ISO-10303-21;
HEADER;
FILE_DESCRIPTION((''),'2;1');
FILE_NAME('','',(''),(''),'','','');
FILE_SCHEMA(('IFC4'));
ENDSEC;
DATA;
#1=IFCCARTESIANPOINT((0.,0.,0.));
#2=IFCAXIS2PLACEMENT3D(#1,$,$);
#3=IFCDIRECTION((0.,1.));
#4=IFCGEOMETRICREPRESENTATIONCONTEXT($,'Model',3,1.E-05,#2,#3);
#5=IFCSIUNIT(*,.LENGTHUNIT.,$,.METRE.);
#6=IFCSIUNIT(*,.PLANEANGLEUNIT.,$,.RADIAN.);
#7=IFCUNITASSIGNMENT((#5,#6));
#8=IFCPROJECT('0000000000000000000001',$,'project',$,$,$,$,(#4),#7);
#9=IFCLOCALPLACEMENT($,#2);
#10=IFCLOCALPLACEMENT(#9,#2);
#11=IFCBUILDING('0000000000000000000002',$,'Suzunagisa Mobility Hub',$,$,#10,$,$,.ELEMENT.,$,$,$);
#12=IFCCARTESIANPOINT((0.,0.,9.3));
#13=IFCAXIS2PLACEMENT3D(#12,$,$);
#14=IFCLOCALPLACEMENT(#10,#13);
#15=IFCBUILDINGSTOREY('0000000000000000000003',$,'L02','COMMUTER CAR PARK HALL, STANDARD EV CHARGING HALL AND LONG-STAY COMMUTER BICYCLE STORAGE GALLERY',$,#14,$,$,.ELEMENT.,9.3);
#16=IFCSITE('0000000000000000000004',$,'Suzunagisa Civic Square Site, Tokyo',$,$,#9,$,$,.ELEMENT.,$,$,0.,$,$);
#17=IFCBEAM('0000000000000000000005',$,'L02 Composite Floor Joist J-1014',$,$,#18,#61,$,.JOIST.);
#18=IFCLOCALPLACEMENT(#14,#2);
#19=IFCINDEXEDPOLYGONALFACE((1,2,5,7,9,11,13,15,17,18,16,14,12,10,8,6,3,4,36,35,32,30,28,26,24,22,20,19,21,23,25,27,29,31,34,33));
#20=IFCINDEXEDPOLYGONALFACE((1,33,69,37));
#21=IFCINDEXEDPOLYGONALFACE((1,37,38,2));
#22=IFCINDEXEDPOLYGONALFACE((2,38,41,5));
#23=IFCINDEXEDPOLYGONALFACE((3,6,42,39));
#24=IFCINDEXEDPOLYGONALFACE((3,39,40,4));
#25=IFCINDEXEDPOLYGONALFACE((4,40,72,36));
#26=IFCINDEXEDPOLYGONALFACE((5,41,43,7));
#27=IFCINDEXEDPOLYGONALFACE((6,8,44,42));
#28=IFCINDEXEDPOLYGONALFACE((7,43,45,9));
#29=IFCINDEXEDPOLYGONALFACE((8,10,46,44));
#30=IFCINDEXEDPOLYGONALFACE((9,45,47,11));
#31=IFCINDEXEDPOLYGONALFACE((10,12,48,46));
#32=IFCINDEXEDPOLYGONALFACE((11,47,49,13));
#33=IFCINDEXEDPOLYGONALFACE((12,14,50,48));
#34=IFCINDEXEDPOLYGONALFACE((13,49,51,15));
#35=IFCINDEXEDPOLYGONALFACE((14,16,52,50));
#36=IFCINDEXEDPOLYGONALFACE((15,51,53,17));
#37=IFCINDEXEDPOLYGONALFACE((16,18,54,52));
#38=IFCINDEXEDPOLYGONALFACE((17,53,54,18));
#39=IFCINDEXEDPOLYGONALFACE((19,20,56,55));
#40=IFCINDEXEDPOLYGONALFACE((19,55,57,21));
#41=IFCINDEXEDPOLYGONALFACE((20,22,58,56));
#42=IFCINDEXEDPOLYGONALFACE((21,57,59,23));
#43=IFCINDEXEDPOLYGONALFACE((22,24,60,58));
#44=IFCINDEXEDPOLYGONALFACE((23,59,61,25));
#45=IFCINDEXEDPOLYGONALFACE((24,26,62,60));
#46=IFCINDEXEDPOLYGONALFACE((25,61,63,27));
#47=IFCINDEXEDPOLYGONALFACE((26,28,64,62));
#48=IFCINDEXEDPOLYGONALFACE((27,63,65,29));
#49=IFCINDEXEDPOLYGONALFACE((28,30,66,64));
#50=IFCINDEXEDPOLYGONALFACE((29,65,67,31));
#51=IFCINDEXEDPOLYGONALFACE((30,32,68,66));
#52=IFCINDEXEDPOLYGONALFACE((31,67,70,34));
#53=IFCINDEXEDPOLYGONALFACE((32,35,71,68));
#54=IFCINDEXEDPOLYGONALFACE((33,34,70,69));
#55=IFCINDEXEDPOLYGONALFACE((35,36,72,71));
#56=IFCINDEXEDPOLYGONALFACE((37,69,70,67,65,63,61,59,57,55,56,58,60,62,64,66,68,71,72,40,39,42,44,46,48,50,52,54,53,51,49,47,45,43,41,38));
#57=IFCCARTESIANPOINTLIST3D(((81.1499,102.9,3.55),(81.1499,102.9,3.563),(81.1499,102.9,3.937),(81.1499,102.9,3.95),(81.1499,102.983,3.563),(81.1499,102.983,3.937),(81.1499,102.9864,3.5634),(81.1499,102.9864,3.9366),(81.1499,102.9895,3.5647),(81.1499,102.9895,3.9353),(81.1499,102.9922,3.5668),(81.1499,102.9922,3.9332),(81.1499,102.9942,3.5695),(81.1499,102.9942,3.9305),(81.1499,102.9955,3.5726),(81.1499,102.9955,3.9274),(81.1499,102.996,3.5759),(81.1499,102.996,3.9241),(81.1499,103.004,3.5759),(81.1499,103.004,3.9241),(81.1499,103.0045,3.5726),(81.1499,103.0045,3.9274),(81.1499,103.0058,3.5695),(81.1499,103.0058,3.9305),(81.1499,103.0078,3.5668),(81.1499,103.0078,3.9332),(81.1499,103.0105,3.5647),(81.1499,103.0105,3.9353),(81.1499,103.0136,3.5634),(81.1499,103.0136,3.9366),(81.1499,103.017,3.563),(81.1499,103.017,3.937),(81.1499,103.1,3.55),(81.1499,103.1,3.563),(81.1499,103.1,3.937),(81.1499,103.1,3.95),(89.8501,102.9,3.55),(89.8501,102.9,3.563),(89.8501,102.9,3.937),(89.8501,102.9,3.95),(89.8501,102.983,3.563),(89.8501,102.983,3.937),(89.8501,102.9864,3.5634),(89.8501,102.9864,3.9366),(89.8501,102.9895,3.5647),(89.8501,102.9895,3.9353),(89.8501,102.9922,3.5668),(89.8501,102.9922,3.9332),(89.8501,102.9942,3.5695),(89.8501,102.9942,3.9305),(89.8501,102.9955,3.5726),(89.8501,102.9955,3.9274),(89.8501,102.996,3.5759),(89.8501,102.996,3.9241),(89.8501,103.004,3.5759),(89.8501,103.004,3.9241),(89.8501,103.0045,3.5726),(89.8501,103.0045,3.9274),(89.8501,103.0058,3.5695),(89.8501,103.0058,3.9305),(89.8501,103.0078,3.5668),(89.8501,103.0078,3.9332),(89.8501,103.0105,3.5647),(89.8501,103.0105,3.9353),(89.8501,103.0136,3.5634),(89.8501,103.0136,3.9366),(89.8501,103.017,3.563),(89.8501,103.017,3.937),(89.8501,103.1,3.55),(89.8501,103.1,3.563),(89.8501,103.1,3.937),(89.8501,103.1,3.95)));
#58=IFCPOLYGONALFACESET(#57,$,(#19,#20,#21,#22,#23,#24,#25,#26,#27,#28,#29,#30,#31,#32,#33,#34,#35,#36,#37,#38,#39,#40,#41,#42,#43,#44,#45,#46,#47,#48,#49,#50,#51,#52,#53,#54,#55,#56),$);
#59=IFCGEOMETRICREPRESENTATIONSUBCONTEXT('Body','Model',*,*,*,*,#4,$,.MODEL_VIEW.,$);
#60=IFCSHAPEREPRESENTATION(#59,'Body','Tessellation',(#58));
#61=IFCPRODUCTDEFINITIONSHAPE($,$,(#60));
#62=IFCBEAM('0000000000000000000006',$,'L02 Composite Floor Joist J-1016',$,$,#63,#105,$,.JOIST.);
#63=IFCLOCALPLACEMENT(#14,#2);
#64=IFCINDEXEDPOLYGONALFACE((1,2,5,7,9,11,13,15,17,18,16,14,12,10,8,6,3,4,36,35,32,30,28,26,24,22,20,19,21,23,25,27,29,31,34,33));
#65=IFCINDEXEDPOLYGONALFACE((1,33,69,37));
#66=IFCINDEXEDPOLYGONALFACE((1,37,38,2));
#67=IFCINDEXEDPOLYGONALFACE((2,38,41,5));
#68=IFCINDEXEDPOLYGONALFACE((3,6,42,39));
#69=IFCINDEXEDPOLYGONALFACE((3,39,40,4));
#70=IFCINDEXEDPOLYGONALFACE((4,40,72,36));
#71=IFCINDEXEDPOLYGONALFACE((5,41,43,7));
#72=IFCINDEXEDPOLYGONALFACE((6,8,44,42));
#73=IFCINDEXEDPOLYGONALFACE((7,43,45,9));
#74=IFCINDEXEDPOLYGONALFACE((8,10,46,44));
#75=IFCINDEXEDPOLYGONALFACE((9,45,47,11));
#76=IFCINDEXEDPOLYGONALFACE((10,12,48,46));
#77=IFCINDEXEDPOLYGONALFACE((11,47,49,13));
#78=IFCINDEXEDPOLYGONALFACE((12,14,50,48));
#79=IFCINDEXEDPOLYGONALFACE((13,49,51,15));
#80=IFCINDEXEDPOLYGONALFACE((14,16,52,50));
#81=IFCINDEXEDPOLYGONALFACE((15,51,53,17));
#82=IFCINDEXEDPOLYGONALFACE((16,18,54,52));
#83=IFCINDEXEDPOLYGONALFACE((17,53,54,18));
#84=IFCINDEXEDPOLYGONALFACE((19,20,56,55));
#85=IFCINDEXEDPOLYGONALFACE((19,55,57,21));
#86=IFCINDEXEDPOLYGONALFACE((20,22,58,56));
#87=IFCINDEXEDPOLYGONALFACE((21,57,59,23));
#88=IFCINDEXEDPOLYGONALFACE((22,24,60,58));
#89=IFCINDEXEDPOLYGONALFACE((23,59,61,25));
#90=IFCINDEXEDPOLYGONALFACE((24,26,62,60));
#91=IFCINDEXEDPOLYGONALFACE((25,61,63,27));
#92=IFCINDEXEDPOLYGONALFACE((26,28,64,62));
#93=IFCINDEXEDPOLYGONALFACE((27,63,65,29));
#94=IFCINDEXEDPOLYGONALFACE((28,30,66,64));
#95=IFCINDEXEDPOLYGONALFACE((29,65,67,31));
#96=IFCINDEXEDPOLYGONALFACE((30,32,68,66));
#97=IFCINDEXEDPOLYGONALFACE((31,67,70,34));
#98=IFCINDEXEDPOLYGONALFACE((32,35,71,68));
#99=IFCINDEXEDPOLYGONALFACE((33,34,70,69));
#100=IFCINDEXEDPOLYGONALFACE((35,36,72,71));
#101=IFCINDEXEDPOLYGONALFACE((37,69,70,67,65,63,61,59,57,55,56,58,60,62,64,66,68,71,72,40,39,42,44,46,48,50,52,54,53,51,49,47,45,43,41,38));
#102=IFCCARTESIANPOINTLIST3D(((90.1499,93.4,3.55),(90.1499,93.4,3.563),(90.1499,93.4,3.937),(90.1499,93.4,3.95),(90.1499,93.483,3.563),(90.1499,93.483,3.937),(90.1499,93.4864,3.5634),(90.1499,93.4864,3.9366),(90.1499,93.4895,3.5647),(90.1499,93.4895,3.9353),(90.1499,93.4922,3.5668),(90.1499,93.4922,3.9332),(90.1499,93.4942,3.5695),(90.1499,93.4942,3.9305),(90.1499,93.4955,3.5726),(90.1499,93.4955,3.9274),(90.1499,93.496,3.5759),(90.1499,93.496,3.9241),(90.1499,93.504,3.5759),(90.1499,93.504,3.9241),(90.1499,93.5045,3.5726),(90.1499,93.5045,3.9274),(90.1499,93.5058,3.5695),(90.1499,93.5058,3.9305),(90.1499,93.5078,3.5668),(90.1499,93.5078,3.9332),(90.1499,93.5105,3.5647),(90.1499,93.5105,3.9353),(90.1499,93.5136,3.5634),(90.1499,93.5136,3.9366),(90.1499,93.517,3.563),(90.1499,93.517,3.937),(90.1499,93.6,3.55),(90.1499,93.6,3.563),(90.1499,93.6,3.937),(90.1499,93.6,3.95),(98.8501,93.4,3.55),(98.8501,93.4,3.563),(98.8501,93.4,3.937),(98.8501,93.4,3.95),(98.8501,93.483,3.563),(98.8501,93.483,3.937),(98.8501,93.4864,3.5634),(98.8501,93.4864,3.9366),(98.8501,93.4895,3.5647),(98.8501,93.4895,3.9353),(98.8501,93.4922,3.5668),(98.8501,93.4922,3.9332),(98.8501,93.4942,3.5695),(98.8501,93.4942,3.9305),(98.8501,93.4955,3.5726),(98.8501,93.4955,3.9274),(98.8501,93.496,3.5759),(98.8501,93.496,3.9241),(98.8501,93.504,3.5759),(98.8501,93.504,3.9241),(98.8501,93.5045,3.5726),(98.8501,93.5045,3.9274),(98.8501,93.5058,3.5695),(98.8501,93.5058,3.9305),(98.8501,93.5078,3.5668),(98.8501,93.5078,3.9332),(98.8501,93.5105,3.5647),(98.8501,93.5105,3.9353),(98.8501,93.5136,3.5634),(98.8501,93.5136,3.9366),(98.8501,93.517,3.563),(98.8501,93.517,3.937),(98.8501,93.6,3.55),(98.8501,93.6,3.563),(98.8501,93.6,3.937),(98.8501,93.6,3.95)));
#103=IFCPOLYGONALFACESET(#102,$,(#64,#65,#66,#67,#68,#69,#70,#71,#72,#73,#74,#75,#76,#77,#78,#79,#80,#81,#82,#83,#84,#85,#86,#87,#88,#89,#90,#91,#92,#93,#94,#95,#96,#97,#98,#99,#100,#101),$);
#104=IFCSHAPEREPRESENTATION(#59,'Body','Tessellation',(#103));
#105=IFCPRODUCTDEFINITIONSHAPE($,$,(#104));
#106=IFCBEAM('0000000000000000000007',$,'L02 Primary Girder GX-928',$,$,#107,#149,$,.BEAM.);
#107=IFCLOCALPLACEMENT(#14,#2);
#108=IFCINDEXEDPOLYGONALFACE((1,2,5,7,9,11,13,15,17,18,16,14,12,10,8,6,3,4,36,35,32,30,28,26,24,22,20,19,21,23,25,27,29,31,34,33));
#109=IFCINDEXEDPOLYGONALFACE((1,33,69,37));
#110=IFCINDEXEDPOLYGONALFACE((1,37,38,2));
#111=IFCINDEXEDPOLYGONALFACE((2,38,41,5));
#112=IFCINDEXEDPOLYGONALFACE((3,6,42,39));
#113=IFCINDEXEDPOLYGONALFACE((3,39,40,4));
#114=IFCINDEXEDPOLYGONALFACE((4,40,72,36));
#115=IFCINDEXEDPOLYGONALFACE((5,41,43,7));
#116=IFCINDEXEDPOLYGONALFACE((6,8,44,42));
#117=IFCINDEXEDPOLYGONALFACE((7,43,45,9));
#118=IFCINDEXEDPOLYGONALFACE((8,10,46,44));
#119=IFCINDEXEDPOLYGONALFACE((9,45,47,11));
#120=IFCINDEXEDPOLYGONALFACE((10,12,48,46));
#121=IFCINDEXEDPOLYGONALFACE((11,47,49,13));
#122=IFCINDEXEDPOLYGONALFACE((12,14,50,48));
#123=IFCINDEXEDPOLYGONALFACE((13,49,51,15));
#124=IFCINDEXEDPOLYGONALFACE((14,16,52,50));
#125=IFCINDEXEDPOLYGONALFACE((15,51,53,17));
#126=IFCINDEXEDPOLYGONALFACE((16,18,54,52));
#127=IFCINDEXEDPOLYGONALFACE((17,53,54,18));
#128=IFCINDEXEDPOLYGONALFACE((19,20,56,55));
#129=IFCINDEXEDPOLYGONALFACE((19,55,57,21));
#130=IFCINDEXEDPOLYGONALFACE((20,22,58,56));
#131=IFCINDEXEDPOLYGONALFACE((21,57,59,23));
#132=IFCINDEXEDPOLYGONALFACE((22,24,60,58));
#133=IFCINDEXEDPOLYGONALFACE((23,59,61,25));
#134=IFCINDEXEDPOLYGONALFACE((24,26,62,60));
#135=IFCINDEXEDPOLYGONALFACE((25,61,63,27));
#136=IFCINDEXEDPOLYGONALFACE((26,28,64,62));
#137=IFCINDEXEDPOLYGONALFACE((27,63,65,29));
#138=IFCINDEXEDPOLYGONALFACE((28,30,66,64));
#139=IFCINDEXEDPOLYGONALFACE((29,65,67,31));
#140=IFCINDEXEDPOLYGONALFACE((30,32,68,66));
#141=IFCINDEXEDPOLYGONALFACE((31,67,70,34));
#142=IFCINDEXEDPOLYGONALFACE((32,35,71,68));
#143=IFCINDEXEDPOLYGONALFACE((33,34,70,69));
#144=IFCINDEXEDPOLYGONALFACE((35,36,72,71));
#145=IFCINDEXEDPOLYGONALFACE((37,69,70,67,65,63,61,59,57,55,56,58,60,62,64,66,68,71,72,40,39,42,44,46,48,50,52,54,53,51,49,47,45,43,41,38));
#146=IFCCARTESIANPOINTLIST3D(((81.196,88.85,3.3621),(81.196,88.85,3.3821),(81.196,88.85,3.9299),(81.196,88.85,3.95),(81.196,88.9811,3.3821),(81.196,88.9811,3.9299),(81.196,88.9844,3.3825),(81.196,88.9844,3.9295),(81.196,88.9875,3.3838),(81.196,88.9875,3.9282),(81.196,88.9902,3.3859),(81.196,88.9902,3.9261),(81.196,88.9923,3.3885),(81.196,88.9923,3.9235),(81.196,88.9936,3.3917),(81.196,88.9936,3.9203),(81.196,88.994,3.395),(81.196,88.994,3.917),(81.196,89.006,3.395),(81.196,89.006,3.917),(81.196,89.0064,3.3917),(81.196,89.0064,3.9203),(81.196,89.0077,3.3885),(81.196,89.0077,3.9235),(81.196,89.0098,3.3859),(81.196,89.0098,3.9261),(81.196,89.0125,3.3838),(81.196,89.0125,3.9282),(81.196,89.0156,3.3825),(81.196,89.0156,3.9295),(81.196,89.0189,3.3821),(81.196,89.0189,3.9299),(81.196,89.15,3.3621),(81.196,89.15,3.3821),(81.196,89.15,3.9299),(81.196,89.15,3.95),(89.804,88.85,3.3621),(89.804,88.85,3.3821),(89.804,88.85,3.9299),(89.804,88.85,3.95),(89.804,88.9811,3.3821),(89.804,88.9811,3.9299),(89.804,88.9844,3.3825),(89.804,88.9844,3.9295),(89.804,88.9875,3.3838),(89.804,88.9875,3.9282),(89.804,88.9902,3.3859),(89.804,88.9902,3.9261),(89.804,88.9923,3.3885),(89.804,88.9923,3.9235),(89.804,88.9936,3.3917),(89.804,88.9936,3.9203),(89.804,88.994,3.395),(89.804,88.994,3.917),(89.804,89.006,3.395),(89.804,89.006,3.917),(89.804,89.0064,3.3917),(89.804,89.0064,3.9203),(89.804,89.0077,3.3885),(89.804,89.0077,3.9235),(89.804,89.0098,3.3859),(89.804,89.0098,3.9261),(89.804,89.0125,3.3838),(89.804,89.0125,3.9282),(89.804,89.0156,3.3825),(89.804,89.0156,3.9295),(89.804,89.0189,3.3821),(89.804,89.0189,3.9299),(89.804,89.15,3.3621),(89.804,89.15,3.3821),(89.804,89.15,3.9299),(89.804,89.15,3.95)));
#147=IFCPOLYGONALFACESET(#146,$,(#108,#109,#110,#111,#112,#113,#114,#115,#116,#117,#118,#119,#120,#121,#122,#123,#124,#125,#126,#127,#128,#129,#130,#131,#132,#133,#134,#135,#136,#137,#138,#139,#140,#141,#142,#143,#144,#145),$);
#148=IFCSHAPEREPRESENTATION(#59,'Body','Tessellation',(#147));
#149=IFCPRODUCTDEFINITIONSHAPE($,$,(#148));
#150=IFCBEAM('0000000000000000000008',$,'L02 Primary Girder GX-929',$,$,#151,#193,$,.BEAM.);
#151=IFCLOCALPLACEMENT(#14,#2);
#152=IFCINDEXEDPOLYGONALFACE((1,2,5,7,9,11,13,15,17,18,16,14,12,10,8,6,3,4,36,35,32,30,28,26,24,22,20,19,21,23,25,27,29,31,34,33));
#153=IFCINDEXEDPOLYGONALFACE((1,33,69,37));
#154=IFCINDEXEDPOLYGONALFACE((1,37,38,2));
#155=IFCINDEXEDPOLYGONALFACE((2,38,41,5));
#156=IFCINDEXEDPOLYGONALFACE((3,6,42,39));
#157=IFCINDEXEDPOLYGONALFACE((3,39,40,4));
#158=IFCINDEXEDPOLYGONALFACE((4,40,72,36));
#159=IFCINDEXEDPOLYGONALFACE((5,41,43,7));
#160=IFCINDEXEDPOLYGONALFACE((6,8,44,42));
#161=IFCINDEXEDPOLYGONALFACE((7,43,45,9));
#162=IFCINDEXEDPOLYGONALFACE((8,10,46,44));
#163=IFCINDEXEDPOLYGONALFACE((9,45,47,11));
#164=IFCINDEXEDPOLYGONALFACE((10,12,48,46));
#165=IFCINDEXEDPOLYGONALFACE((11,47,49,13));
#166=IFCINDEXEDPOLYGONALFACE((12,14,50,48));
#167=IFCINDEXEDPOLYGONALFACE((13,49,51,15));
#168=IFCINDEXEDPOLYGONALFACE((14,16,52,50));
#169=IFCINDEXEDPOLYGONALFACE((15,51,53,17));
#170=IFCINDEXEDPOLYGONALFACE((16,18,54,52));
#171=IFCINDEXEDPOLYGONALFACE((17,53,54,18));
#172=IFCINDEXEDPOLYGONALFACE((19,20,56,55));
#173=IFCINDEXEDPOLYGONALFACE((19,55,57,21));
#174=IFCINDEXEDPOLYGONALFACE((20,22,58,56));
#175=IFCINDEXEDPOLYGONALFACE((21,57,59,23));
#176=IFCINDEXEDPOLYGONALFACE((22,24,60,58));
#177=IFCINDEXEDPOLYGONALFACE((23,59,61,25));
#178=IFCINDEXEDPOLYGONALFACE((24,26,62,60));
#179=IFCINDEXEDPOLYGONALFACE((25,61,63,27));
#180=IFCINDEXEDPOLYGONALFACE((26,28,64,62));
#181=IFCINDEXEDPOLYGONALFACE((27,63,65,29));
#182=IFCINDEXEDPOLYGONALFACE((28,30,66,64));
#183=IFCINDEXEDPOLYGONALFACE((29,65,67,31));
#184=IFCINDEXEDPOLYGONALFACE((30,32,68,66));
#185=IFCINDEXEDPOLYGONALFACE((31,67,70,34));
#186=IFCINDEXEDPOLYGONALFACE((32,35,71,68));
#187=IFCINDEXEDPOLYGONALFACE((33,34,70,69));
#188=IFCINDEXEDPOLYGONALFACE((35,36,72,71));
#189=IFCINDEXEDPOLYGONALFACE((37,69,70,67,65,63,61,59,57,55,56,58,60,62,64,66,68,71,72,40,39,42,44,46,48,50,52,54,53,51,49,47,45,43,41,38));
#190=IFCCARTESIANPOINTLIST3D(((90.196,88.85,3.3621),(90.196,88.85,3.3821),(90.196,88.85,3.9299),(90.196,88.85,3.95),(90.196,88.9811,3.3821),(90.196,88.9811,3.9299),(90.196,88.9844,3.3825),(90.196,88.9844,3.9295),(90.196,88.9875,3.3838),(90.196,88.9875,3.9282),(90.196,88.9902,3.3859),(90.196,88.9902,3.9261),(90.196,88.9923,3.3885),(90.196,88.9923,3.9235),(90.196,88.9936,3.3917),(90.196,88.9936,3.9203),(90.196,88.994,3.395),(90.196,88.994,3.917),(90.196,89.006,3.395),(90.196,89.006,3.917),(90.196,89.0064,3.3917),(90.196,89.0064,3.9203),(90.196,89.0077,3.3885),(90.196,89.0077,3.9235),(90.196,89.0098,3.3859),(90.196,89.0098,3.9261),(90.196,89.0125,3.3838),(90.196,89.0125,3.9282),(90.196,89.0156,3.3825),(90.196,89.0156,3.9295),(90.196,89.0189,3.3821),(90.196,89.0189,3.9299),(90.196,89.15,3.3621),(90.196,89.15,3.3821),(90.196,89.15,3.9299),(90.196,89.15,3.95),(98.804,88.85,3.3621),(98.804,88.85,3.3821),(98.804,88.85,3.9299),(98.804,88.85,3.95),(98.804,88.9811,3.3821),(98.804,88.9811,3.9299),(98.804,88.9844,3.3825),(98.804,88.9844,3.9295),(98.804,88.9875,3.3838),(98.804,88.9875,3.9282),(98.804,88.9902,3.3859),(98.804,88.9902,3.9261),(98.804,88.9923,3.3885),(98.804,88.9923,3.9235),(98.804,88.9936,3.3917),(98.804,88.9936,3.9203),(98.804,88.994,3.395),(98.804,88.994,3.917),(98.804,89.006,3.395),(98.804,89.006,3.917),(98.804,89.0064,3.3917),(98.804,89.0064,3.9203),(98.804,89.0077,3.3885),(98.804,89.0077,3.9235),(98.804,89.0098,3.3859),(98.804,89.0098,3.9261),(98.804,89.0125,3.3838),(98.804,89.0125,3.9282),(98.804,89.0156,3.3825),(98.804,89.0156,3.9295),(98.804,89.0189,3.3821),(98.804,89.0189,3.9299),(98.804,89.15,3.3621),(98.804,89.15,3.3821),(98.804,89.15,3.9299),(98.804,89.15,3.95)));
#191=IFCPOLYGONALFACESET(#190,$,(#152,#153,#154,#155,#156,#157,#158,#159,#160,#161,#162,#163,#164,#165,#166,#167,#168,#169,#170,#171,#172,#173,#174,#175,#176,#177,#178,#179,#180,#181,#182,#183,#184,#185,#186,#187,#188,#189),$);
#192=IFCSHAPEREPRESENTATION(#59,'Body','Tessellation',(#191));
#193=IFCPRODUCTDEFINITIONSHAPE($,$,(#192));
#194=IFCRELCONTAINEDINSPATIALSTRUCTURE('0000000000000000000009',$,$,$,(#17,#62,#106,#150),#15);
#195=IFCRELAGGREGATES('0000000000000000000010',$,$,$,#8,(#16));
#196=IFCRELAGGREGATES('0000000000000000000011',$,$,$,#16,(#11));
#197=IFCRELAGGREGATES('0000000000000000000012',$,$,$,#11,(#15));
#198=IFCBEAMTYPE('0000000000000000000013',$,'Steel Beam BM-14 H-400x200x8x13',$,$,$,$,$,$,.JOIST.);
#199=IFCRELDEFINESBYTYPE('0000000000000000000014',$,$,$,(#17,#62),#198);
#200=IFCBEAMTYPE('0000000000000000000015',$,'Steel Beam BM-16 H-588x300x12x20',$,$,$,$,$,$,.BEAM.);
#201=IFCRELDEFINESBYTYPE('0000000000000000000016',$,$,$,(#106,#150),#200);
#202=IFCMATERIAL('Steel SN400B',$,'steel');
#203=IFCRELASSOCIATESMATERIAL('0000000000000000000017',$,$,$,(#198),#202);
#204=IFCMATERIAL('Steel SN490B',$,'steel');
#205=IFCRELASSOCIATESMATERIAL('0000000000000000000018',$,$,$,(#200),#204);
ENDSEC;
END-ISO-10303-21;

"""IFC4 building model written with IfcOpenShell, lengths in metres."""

from ifc_helpers import new_model, si_unit, direction, frame, origin, origin_2d, place, context, subcontext, project, spatial, i_section, extrude, material, material_profile, profile_set, type_object, element, save


model = new_model("IFC4")

# Units and contexts
model_context = context("Model", 3, precision=1e-05, world=origin(), true_north=direction((0.0, 1.0)))
body_context = subcontext(model_context, "Body", "Model", "MODEL_VIEW")
ifc_project = project(units=[si_unit("LENGTHUNIT", "METRE"), si_unit("PLANEANGLEUNIT", "RADIAN")], contexts=[model_context])

# Site, building, storey
site_placement = place(None, origin())
site = spatial("IfcSite", under=ifc_project, at=site_placement, Name="Suzunagisa Civic Square Site, Tokyo", CompositionType="ELEMENT", RefElevation=0.0)
building_placement = place(site_placement, origin())
building = spatial("IfcBuilding", under=site, at=building_placement, Name="Suzunagisa Mobility Hub", CompositionType="ELEMENT")
storey_placement = place(building_placement, frame((0.0, 0.0, 9.3)))
storey = spatial("IfcBuildingStorey", under=building, at=storey_placement, Name="L02", Description="COMMUTER CAR PARK HALL, STANDARD EV CHARGING HALL AND LONG-STAY COMMUTER BICYCLE STORAGE GALLERY", CompositionType="ELEMENT", Elevation=9.3)

# Shared definitions
ifc_material_1 = material(Name="Steel SN490B", Category="steel")

# Beams
ifc_material_2 = material(Name="Steel SN400B", Category="steel")
ifc_material_profile_1 = material_profile(ifc_material_2, i_section(OverallWidth=0.2, OverallDepth=0.3999, WebThickness=0.0081, FlangeThickness=0.0129, FilletRadius=0.0129, at=origin_2d()), Name="H-400x200x8x13")
ifc_profile_set_1 = profile_set([ifc_material_profile_1], Name="Steel SN400B")
beam_type_1 = type_object("IfcBeamType", Name="Steel Beam BM-14 H-400x200x8x13", PredefinedType="JOIST", material=ifc_profile_set_1)
for number, where, z_axis, x_axis, name in (
    (1, (81.1499, 103.0, 3.75), (1.0, 0.0, 0.0), (0.0, 1.0, 0.0), "L02 Composite Floor Joist J-1014"),
    (2, (90.1499, 93.5, 3.75), (1.0, 0.0, 0.0), (0.0, 1.0, 0.0), "L02 Composite Floor Joist J-1016"),
):
    element("IfcBeam", number, at=place(storey_placement, frame(where, z_axis=z_axis, x_axis=x_axis)), inside=storey, type_object=beam_type_1, Name=name, PredefinedType="JOIST", context=body_context, shape_type="SweptSolid", body=[
        extrude(i_section(OverallWidth=0.2, OverallDepth=0.3999, WebThickness=0.0081, FlangeThickness=0.0129, FilletRadius=0.0129, at=origin_2d()), origin(), (0.0, 0.0, 1.0), 8.7002),
    ])
ifc_material_profile_2 = material_profile(ifc_material_1, i_section(OverallWidth=0.3, OverallDepth=0.5879, WebThickness=0.012, FlangeThickness=0.02, FilletRadius=0.0129, at=origin_2d()), Name="H-588x300x12x20")
ifc_profile_set_2 = profile_set([ifc_material_profile_2], Name="Steel SN490B")
beam_type_2 = type_object("IfcBeamType", Name="Steel Beam BM-16 H-588x300x12x20", PredefinedType="BEAM", material=ifc_profile_set_2)
for number, where, z_axis, x_axis, name in (
    (3, (81.196, 89.0, 3.656), (1.0, 0.0, 0.0), (0.0, 1.0, 0.0), "L02 Primary Girder GX-928"),
    (4, (90.196, 89.0, 3.656), (1.0, 0.0, 0.0), (0.0, 1.0, 0.0), "L02 Primary Girder GX-929"),
):
    element("IfcBeam", number, at=place(storey_placement, frame(where, z_axis=z_axis, x_axis=x_axis)), inside=storey, type_object=beam_type_2, Name=name, PredefinedType="BEAM", context=body_context, shape_type="SweptSolid", body=[
        extrude(i_section(OverallWidth=0.3, OverallDepth=0.5879, WebThickness=0.012, FlangeThickness=0.02, FilletRadius=0.0129, at=origin_2d()), origin(), (0.0, 0.0, 1.0), 8.6079),
    ])

save(model, "model.ifc")
